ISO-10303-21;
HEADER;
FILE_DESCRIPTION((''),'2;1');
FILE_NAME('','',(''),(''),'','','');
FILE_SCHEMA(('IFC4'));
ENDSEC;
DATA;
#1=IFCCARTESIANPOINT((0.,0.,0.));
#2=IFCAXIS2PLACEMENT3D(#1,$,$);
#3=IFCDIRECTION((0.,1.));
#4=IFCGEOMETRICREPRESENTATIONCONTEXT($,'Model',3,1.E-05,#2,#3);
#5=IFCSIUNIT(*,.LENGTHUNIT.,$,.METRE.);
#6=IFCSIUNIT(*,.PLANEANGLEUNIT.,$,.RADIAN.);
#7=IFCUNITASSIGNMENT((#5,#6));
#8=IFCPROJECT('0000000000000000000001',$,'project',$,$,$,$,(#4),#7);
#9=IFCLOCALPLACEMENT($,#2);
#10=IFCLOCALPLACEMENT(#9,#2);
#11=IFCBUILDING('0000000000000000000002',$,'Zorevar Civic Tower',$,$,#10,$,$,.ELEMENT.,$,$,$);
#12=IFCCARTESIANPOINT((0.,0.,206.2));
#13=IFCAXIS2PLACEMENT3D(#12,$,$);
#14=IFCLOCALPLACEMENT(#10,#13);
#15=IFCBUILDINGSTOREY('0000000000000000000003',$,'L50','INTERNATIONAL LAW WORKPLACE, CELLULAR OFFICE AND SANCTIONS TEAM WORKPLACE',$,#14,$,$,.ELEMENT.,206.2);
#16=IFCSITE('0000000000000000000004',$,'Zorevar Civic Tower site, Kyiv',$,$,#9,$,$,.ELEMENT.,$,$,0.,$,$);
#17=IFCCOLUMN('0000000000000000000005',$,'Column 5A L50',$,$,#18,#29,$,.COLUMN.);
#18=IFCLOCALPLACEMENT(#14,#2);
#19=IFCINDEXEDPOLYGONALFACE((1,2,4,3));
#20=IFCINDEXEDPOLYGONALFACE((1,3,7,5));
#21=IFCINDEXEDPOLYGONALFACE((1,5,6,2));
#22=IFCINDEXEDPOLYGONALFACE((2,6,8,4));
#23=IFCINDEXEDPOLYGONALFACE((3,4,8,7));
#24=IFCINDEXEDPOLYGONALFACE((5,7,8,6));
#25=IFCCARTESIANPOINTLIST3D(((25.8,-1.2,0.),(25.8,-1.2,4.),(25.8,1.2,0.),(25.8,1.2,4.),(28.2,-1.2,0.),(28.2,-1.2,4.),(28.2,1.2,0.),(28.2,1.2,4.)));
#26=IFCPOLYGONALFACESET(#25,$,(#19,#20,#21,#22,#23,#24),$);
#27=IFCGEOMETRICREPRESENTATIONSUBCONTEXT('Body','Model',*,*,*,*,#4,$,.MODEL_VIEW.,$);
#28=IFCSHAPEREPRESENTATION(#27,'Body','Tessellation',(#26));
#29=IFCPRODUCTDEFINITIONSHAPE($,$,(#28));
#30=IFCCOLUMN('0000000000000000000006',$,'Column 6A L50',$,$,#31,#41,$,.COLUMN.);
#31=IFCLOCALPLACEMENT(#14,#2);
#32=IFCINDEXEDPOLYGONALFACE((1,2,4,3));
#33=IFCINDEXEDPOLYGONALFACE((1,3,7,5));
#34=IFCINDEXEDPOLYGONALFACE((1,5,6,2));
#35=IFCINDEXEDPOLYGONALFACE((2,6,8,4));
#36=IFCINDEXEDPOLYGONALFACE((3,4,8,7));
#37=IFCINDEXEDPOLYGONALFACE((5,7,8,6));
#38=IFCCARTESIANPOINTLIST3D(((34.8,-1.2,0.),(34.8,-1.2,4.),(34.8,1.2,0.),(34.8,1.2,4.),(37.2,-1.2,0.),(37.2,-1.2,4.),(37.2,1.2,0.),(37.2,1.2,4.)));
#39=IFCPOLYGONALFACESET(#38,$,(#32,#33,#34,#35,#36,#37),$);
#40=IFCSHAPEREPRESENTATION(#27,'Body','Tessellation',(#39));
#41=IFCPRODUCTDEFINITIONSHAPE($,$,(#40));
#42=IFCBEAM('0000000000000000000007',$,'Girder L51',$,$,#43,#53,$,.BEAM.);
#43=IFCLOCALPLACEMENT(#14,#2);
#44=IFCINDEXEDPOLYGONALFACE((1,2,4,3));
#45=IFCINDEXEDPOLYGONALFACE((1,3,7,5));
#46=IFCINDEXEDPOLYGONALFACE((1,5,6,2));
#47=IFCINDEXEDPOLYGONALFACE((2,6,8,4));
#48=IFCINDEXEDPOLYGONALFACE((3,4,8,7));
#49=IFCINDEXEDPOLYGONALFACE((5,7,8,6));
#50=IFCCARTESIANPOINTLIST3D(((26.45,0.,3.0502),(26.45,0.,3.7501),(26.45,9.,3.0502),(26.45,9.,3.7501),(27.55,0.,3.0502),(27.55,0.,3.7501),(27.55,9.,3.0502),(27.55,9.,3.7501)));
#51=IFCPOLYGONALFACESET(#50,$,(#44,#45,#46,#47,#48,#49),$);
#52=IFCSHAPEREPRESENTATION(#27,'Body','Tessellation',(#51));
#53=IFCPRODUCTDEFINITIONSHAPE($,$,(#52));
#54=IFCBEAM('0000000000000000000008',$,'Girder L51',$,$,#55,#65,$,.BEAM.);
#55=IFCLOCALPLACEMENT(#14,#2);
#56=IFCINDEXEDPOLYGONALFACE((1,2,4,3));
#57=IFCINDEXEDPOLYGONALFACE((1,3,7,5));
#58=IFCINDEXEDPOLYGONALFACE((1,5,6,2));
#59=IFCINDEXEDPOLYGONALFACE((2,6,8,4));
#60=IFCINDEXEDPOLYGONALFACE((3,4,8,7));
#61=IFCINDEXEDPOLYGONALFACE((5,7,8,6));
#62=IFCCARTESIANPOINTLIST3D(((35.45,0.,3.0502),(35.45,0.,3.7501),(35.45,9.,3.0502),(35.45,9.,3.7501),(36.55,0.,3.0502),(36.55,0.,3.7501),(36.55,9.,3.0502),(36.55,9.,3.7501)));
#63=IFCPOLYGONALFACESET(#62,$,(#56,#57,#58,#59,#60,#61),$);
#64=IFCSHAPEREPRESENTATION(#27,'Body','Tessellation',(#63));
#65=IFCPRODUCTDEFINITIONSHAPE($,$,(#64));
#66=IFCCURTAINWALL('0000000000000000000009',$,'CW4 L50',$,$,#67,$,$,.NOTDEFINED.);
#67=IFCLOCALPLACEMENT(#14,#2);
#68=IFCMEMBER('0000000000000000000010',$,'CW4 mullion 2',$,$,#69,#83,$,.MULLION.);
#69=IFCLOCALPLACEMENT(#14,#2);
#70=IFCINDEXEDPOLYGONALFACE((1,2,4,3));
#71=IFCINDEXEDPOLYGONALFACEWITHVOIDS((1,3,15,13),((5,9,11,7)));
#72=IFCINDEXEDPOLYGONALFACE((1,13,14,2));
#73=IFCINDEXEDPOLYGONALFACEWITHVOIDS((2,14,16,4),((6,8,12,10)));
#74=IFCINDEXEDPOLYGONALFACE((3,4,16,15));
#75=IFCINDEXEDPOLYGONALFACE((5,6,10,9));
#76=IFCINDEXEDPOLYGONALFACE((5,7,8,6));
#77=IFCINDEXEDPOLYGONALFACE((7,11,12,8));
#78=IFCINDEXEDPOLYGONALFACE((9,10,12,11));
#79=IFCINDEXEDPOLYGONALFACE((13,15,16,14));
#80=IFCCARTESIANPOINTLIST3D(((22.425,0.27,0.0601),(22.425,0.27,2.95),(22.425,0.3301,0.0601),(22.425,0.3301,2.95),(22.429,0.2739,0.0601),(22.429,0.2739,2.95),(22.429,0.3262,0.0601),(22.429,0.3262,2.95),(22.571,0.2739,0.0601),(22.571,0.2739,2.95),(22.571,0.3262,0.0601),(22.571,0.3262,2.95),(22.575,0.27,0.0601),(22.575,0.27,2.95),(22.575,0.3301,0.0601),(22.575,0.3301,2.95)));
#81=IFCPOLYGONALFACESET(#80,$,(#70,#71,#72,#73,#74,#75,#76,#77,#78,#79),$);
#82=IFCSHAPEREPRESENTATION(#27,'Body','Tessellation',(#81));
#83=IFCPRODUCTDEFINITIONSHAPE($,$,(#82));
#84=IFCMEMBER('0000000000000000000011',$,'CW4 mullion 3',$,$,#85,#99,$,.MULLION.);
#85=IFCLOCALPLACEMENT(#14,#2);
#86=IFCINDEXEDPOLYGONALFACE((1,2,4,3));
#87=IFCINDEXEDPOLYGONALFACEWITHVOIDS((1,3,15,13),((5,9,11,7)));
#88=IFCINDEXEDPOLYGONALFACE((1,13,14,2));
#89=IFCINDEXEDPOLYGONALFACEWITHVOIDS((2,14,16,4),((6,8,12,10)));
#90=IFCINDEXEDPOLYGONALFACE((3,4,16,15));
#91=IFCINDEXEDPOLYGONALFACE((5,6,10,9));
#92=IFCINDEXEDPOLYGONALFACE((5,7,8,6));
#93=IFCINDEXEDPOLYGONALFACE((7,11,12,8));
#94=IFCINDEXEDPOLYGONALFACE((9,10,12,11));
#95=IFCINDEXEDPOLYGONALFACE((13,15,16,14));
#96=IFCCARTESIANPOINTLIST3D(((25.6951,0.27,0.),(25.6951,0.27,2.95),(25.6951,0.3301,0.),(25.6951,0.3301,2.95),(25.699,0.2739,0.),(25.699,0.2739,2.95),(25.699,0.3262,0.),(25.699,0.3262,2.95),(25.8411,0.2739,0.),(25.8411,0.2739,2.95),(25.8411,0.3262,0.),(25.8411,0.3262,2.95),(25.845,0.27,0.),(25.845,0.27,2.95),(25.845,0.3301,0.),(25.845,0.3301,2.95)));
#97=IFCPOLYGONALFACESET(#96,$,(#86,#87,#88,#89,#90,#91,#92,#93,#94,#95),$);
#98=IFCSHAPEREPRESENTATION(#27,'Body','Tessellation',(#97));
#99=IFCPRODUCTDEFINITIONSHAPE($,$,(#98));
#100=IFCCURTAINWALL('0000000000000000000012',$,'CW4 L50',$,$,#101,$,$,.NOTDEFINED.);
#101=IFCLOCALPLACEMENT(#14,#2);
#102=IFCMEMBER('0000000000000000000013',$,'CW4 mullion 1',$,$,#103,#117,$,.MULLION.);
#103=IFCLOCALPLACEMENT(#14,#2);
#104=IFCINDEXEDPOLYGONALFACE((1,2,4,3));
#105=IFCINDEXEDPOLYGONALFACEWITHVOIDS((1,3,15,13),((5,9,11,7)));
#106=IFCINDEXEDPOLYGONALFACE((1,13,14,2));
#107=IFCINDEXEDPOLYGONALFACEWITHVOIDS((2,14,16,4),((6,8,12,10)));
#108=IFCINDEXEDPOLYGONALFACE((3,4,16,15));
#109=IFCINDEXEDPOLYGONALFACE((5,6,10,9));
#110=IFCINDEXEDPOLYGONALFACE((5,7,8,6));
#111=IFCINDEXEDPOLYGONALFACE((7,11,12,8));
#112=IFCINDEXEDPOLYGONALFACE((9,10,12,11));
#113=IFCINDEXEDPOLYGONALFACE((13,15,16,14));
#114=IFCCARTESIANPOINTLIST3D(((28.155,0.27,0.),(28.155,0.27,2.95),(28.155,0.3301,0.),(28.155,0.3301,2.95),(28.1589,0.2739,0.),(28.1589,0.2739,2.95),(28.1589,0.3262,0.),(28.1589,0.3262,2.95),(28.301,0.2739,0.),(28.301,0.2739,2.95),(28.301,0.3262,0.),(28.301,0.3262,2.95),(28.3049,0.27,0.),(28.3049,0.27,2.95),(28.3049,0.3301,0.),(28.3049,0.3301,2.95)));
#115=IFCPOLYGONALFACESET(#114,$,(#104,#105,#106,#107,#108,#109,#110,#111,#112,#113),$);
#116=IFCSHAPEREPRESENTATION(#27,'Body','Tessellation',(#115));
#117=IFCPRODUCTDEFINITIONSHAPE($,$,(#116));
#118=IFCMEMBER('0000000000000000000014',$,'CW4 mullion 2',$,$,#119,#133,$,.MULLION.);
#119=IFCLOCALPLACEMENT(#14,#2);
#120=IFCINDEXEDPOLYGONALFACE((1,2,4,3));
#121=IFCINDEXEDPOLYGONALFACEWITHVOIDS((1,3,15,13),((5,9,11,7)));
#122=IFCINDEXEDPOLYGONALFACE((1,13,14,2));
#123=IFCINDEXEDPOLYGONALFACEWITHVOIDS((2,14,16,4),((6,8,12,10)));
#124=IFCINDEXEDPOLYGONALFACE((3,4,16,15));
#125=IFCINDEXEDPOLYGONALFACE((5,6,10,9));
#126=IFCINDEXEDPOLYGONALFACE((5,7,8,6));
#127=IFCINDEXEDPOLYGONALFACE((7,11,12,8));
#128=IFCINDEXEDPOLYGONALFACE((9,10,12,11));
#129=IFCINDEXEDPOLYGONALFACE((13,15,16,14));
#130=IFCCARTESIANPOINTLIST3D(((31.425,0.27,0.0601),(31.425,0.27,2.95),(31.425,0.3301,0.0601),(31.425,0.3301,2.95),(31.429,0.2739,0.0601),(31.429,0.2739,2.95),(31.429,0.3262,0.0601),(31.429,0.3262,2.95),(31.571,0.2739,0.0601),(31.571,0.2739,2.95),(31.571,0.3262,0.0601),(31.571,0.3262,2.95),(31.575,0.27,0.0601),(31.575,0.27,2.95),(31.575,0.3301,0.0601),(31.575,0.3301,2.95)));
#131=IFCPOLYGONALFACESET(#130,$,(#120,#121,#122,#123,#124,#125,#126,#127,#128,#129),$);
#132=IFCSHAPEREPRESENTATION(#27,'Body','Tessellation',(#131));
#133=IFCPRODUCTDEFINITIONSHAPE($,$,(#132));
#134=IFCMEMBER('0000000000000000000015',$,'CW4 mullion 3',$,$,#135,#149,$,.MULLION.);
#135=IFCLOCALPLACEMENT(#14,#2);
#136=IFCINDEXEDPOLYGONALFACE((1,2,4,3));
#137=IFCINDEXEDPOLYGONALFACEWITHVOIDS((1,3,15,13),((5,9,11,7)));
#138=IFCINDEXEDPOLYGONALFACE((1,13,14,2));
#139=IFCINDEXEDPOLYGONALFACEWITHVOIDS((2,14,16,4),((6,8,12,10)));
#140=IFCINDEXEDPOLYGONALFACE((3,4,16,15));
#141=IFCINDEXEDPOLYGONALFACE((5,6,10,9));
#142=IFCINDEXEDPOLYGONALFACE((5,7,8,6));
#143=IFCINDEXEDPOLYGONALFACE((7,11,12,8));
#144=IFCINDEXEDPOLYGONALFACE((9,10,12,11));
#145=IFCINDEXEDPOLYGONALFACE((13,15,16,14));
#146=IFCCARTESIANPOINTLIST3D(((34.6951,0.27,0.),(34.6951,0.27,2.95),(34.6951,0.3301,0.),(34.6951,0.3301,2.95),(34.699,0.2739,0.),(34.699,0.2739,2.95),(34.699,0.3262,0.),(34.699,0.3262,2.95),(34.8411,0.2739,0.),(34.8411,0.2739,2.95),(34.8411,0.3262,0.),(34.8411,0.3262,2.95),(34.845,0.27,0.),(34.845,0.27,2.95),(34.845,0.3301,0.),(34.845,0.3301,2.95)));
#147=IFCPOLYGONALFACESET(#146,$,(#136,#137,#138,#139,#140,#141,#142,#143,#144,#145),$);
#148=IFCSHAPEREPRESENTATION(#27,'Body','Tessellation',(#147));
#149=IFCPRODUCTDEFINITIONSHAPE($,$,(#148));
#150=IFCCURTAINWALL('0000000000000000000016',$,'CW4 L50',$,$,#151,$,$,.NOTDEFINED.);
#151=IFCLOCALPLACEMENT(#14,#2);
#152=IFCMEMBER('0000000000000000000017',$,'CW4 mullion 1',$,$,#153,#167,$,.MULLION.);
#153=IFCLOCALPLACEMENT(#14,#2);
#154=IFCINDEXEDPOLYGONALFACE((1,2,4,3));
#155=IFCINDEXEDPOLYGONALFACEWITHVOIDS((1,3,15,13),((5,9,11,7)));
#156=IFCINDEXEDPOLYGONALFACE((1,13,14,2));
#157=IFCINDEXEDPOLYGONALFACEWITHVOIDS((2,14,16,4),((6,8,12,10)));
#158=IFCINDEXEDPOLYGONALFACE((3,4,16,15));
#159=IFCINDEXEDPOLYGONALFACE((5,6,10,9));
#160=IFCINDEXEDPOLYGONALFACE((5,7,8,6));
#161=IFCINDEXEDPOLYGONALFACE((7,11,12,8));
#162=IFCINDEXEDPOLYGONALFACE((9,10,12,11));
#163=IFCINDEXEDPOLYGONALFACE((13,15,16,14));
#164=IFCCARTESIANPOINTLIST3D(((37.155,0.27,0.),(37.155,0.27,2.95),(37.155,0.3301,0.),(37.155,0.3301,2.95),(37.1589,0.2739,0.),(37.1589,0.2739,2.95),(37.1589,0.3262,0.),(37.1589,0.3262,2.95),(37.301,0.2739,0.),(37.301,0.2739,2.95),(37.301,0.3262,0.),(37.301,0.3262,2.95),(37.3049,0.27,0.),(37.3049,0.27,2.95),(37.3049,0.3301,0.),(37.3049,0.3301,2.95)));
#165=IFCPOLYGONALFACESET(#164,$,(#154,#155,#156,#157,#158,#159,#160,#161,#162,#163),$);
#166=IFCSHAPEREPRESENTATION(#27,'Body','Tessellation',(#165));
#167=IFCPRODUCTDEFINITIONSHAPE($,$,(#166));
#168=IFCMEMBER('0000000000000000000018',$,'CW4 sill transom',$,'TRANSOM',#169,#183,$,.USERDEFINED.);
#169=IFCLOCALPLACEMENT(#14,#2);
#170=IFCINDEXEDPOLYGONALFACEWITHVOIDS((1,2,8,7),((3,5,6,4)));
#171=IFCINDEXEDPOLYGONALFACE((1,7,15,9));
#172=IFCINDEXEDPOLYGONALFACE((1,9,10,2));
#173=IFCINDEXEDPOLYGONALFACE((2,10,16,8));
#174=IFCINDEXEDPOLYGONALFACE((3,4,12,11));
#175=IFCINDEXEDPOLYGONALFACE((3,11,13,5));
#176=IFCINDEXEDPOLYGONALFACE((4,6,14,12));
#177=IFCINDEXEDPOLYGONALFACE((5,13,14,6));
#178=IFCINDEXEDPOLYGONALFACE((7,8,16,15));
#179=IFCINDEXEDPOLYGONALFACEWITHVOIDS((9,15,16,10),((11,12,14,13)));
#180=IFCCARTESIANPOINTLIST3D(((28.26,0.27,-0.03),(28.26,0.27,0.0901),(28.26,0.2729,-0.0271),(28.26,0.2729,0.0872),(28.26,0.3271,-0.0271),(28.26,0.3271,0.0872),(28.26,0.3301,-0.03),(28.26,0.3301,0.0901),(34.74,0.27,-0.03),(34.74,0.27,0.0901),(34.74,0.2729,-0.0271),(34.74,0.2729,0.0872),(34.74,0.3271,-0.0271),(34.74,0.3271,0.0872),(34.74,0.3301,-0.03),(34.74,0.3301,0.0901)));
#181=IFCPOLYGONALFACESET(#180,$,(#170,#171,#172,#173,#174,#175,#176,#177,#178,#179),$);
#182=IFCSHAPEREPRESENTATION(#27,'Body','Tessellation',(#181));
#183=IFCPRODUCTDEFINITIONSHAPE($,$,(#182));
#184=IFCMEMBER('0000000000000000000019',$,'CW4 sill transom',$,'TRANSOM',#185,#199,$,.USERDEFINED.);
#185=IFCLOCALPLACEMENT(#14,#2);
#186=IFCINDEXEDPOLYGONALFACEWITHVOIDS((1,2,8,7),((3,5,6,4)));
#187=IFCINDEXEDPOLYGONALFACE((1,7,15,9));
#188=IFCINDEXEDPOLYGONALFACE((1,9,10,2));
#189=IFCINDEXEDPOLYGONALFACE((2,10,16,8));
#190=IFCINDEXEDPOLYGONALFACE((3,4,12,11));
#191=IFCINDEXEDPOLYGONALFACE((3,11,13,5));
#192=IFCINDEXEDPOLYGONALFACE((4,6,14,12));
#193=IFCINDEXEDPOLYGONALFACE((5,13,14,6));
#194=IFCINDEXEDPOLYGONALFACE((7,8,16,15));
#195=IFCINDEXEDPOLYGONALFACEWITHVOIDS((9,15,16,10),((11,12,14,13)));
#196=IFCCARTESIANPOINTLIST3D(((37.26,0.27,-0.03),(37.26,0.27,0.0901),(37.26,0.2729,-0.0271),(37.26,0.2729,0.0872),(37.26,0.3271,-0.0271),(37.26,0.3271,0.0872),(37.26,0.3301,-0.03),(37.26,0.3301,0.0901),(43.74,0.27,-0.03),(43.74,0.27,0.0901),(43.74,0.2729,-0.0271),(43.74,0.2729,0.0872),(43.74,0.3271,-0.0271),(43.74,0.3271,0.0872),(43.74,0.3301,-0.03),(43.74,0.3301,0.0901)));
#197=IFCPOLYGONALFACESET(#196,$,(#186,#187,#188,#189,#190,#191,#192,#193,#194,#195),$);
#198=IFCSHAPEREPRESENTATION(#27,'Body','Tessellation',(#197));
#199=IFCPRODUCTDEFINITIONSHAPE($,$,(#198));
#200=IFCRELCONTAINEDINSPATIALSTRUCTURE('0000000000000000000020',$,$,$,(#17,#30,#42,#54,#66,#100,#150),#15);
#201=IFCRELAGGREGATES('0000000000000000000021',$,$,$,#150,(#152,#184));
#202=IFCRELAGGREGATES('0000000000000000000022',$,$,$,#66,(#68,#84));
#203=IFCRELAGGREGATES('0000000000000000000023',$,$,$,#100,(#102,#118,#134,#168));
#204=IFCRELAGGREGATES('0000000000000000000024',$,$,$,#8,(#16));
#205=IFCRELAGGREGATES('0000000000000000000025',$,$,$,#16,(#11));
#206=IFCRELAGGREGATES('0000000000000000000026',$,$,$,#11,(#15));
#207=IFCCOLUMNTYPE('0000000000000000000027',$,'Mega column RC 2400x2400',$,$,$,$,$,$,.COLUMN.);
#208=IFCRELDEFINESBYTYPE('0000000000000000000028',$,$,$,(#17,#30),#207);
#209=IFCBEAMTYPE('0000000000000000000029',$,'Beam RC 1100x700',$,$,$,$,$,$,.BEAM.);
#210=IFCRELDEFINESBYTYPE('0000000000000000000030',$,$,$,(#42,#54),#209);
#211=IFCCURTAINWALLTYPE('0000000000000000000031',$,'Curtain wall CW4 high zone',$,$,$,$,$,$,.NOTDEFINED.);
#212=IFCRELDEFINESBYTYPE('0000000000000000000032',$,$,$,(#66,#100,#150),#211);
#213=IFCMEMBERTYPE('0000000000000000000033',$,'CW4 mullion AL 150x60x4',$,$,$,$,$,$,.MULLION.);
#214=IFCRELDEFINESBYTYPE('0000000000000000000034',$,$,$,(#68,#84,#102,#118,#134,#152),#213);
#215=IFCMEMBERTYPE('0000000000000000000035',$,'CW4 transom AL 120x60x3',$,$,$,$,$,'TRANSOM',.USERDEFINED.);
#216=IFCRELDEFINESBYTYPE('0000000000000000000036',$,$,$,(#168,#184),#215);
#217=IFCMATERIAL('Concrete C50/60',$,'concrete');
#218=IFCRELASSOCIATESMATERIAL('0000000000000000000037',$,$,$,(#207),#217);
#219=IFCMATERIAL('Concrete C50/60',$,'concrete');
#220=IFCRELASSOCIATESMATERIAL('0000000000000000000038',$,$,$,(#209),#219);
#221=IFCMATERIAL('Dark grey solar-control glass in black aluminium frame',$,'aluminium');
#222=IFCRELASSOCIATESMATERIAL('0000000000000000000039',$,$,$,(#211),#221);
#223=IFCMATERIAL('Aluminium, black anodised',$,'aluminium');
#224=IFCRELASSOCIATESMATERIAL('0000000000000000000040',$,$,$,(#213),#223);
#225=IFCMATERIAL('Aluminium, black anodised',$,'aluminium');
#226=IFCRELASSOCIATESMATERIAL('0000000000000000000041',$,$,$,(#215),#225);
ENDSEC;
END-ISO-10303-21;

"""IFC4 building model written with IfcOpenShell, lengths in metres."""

from ifc_helpers import new_model, si_unit, direction, frame, origin, origin_2d, place, context, subcontext, project, spatial, rectangle, hollow_rectangle, extrude, material, material_profile, profile_set, type_object, element, aggregate, save


model = new_model("IFC4")

# Units and contexts
model_context = context("Model", 3, precision=1e-05, world=origin(), true_north=direction((0.0, 1.0)))
body_context = subcontext(model_context, "Body", "Model", "MODEL_VIEW")
ifc_project = project(units=[si_unit("LENGTHUNIT", "METRE"), si_unit("PLANEANGLEUNIT", "RADIAN")], contexts=[model_context])

# Site, building, storey
site_placement = place(None, origin())
site = spatial("IfcSite", under=ifc_project, at=site_placement, Name="Zorevar Civic Tower site, Kyiv", CompositionType="ELEMENT", RefElevation=0.0)
building_placement = place(site_placement, origin())
building = spatial("IfcBuilding", under=site, at=building_placement, Name="Zorevar Civic Tower", CompositionType="ELEMENT")
storey_placement = place(building_placement, frame((0.0, 0.0, 206.2)))
storey = spatial("IfcBuildingStorey", under=building, at=storey_placement, Name="L50", Description="INTERNATIONAL LAW WORKPLACE, CELLULAR OFFICE AND SANCTIONS TEAM WORKPLACE", CompositionType="ELEMENT", Elevation=206.2)

# Columns
ifc_material_1 = material(Name="Concrete C50/60", Category="concrete")
ifc_material_profile_1 = material_profile(ifc_material_1, rectangle(XDim=2.3999, YDim=2.3999, at=origin_2d()), Name="RC 2400x2400")
ifc_profile_set_1 = profile_set([ifc_material_profile_1], Name="Concrete C50/60")
column_type = type_object("IfcColumnType", Name="Mega column RC 2400x2400", PredefinedType="COLUMN", material=ifc_profile_set_1)
for number, where, z_axis, x_axis, name in (
    (1, (27.0, 0.0, 0.0), (0.0, 0.0, 1.0), (1.0, 0.0, 0.0), "Column 5A L50"),
    (2, (36.0, 0.0, 0.0), (0.0, 0.0, 1.0), (1.0, 0.0, 0.0), "Column 6A L50"),
):
    element("IfcColumn", number, at=place(storey_placement, frame(where, z_axis=z_axis, x_axis=x_axis)), inside=storey, type_object=column_type, Name=name, PredefinedType="COLUMN", context=body_context, shape_type="SweptSolid", body=[
        extrude(rectangle(XDim=2.3999, YDim=2.3999, at=origin_2d()), origin(), (0.0, 0.0, 1.0), 4.0),
    ])

# Beams
ifc_material_2 = material(Name="Concrete C50/60", Category="concrete")
ifc_material_profile_2 = material_profile(ifc_material_2, rectangle(XDim=1.1001, YDim=0.7, at=origin_2d()), Name="RC 1100x700")
ifc_profile_set_2 = profile_set([ifc_material_profile_2], Name="Concrete C50/60")
beam_type_1 = type_object("IfcBeamType", Name="Beam RC 1100x700", PredefinedType="BEAM", material=ifc_profile_set_2)
for number, where, z_axis, x_axis, name in (
    (3, (27.0, 0.0, 3.4001), (0.0, 1.0, 0.0), (-1.0, 0.0, 0.0), "Girder L51"),
    (4, (36.0, 0.0, 3.4001), (0.0, 1.0, 0.0), (-1.0, 0.0, 0.0), "Girder L51"),
):
    element("IfcBeam", number, at=place(storey_placement, frame(where, z_axis=z_axis, x_axis=x_axis)), inside=storey, type_object=beam_type_1, Name=name, PredefinedType="BEAM", context=body_context, shape_type="SweptSolid", body=[
        extrude(rectangle(XDim=1.1001, YDim=0.7, at=origin_2d()), origin(), (0.0, 0.0, 1.0), 9.0),
    ])

# Curtain walls, members
ifc_material_3 = material(Name="Dark grey solar-control glass in black aluminium frame", Category="aluminium")
curtain_wall_type = type_object("IfcCurtainWallType", Name="Curtain wall CW4 high zone", PredefinedType="NOTDEFINED", material=ifc_material_3)
curtain_wall_1_placement = place(storey_placement, origin())
curtain_wall_1 = element("IfcCurtainWall", 5, at=curtain_wall_1_placement, inside=storey, type_object=curtain_wall_type, Name="CW4 L50", PredefinedType="NOTDEFINED")
ifc_material_4 = material(Name="Aluminium, black anodised", Category="aluminium")
ifc_material_profile_3 = material_profile(ifc_material_4, hollow_rectangle(XDim=0.0601, YDim=0.1499, WallThickness=0.0039, at=origin_2d()), Name="AL 150x60x4")
ifc_profile_set_3 = profile_set([ifc_material_profile_3], Name="Aluminium, black anodised")
member_type_1 = type_object("IfcMemberType", Name="CW4 mullion AL 150x60x4", PredefinedType="MULLION", material=ifc_profile_set_3)
member_1_placement = place(storey_placement, frame((22.5, 0.3, 0.0601), z_axis=(0.0, 0.0, 1.0), x_axis=(0.0, 1.0, 0.0)))
member_1 = element("IfcMember", 6, at=member_1_placement, type_object=member_type_1, Name="CW4 mullion 2", PredefinedType="MULLION", context=body_context, shape_type="SweptSolid", body=[
    extrude(hollow_rectangle(XDim=0.0601, YDim=0.1499, WallThickness=0.0039, at=origin_2d()), origin(), (0.0, 0.0, 1.0), 2.8899),
])
member_2_placement = place(storey_placement, frame((25.77, 0.3, 0.0), z_axis=(0.0, 0.0, 1.0), x_axis=(0.0, 1.0, 0.0)))
member_2 = element("IfcMember", 7, at=member_2_placement, type_object=member_type_1, Name="CW4 mullion 3", PredefinedType="MULLION", context=body_context, shape_type="SweptSolid", body=[
    extrude(hollow_rectangle(XDim=0.0601, YDim=0.1499, WallThickness=0.0039, at=origin_2d()), origin(), (0.0, 0.0, 1.0), 2.95),
])
curtain_wall_2_placement = place(storey_placement, origin())
curtain_wall_2 = element("IfcCurtainWall", 8, at=curtain_wall_2_placement, inside=storey, type_object=curtain_wall_type, Name="CW4 L50", PredefinedType="NOTDEFINED")
member_3_placement = place(storey_placement, frame((28.23, 0.3, 0.0), z_axis=(0.0, 0.0, 1.0), x_axis=(0.0, 1.0, 0.0)))
member_3 = element("IfcMember", 9, at=member_3_placement, type_object=member_type_1, Name="CW4 mullion 1", PredefinedType="MULLION", context=body_context, shape_type="SweptSolid", body=[
    extrude(hollow_rectangle(XDim=0.0601, YDim=0.1499, WallThickness=0.0039, at=origin_2d()), origin(), (0.0, 0.0, 1.0), 2.95),
])
member_4_placement = place(storey_placement, frame((31.5, 0.3, 0.0601), z_axis=(0.0, 0.0, 1.0), x_axis=(0.0, 1.0, 0.0)))
member_4 = element("IfcMember", 10, at=member_4_placement, type_object=member_type_1, Name="CW4 mullion 2", PredefinedType="MULLION", context=body_context, shape_type="SweptSolid", body=[
    extrude(hollow_rectangle(XDim=0.0601, YDim=0.1499, WallThickness=0.0039, at=origin_2d()), origin(), (0.0, 0.0, 1.0), 2.8899),
])
member_5_placement = place(storey_placement, frame((34.77, 0.3, 0.0), z_axis=(0.0, 0.0, 1.0), x_axis=(0.0, 1.0, 0.0)))
member_5 = element("IfcMember", 11, at=member_5_placement, type_object=member_type_1, Name="CW4 mullion 3", PredefinedType="MULLION", context=body_context, shape_type="SweptSolid", body=[
    extrude(hollow_rectangle(XDim=0.0601, YDim=0.1499, WallThickness=0.0039, at=origin_2d()), origin(), (0.0, 0.0, 1.0), 2.95),
])

# Curtain wall, member
curtain_wall_3_placement = place(storey_placement, origin())
curtain_wall_3 = element("IfcCurtainWall", 12, at=curtain_wall_3_placement, inside=storey, type_object=curtain_wall_type, Name="CW4 L50", PredefinedType="NOTDEFINED")
member_6_placement = place(storey_placement, frame((37.23, 0.3, 0.0), z_axis=(0.0, 0.0, 1.0), x_axis=(0.0, 1.0, 0.0)))
member_6 = element("IfcMember", 13, at=member_6_placement, type_object=member_type_1, Name="CW4 mullion 1", PredefinedType="MULLION", context=body_context, shape_type="SweptSolid", body=[
    extrude(hollow_rectangle(XDim=0.0601, YDim=0.1499, WallThickness=0.0039, at=origin_2d()), origin(), (0.0, 0.0, 1.0), 2.95),
])

# Members
ifc_material_5 = material(Name="Aluminium, black anodised", Category="aluminium")
ifc_material_profile_4 = material_profile(ifc_material_5, hollow_rectangle(XDim=0.0601, YDim=0.1201, WallThickness=0.0029, at=origin_2d()), Name="AL 120x60x3")
ifc_profile_set_4 = profile_set([ifc_material_profile_4], Name="Aluminium, black anodised")
member_type_2 = type_object("IfcMemberType", Name="CW4 transom AL 120x60x3", ElementType="TRANSOM", PredefinedType="USERDEFINED", material=ifc_profile_set_4)
member_7_placement = place(storey_placement, frame((28.26, 0.3, 0.03), z_axis=(1.0, 0.0, 0.0), x_axis=(0.0, 1.0, 0.0)))
member_7 = element("IfcMember", 14, at=member_7_placement, type_object=member_type_2, Name="CW4 sill transom", ObjectType="TRANSOM", PredefinedType="USERDEFINED", context=body_context, shape_type="SweptSolid", body=[
    extrude(hollow_rectangle(XDim=0.0601, YDim=0.1201, WallThickness=0.0029, at=origin_2d()), origin(), (0.0, 0.0, 1.0), 6.48),
])
member_8_placement = place(storey_placement, frame((37.26, 0.3, 0.03), z_axis=(1.0, 0.0, 0.0), x_axis=(0.0, 1.0, 0.0)))
member_8 = element("IfcMember", 15, at=member_8_placement, type_object=member_type_2, Name="CW4 sill transom", ObjectType="TRANSOM", PredefinedType="USERDEFINED", context=body_context, shape_type="SweptSolid", body=[
    extrude(hollow_rectangle(XDim=0.0601, YDim=0.1201, WallThickness=0.0029, at=origin_2d()), origin(), (0.0, 0.0, 1.0), 6.48),
])
aggregate(curtain_wall_3, [member_6, member_8])

aggregate(curtain_wall_1, [member_1, member_2])
aggregate(curtain_wall_2, [member_3, member_4, member_5, member_7])

save(model, "model.ifc")
